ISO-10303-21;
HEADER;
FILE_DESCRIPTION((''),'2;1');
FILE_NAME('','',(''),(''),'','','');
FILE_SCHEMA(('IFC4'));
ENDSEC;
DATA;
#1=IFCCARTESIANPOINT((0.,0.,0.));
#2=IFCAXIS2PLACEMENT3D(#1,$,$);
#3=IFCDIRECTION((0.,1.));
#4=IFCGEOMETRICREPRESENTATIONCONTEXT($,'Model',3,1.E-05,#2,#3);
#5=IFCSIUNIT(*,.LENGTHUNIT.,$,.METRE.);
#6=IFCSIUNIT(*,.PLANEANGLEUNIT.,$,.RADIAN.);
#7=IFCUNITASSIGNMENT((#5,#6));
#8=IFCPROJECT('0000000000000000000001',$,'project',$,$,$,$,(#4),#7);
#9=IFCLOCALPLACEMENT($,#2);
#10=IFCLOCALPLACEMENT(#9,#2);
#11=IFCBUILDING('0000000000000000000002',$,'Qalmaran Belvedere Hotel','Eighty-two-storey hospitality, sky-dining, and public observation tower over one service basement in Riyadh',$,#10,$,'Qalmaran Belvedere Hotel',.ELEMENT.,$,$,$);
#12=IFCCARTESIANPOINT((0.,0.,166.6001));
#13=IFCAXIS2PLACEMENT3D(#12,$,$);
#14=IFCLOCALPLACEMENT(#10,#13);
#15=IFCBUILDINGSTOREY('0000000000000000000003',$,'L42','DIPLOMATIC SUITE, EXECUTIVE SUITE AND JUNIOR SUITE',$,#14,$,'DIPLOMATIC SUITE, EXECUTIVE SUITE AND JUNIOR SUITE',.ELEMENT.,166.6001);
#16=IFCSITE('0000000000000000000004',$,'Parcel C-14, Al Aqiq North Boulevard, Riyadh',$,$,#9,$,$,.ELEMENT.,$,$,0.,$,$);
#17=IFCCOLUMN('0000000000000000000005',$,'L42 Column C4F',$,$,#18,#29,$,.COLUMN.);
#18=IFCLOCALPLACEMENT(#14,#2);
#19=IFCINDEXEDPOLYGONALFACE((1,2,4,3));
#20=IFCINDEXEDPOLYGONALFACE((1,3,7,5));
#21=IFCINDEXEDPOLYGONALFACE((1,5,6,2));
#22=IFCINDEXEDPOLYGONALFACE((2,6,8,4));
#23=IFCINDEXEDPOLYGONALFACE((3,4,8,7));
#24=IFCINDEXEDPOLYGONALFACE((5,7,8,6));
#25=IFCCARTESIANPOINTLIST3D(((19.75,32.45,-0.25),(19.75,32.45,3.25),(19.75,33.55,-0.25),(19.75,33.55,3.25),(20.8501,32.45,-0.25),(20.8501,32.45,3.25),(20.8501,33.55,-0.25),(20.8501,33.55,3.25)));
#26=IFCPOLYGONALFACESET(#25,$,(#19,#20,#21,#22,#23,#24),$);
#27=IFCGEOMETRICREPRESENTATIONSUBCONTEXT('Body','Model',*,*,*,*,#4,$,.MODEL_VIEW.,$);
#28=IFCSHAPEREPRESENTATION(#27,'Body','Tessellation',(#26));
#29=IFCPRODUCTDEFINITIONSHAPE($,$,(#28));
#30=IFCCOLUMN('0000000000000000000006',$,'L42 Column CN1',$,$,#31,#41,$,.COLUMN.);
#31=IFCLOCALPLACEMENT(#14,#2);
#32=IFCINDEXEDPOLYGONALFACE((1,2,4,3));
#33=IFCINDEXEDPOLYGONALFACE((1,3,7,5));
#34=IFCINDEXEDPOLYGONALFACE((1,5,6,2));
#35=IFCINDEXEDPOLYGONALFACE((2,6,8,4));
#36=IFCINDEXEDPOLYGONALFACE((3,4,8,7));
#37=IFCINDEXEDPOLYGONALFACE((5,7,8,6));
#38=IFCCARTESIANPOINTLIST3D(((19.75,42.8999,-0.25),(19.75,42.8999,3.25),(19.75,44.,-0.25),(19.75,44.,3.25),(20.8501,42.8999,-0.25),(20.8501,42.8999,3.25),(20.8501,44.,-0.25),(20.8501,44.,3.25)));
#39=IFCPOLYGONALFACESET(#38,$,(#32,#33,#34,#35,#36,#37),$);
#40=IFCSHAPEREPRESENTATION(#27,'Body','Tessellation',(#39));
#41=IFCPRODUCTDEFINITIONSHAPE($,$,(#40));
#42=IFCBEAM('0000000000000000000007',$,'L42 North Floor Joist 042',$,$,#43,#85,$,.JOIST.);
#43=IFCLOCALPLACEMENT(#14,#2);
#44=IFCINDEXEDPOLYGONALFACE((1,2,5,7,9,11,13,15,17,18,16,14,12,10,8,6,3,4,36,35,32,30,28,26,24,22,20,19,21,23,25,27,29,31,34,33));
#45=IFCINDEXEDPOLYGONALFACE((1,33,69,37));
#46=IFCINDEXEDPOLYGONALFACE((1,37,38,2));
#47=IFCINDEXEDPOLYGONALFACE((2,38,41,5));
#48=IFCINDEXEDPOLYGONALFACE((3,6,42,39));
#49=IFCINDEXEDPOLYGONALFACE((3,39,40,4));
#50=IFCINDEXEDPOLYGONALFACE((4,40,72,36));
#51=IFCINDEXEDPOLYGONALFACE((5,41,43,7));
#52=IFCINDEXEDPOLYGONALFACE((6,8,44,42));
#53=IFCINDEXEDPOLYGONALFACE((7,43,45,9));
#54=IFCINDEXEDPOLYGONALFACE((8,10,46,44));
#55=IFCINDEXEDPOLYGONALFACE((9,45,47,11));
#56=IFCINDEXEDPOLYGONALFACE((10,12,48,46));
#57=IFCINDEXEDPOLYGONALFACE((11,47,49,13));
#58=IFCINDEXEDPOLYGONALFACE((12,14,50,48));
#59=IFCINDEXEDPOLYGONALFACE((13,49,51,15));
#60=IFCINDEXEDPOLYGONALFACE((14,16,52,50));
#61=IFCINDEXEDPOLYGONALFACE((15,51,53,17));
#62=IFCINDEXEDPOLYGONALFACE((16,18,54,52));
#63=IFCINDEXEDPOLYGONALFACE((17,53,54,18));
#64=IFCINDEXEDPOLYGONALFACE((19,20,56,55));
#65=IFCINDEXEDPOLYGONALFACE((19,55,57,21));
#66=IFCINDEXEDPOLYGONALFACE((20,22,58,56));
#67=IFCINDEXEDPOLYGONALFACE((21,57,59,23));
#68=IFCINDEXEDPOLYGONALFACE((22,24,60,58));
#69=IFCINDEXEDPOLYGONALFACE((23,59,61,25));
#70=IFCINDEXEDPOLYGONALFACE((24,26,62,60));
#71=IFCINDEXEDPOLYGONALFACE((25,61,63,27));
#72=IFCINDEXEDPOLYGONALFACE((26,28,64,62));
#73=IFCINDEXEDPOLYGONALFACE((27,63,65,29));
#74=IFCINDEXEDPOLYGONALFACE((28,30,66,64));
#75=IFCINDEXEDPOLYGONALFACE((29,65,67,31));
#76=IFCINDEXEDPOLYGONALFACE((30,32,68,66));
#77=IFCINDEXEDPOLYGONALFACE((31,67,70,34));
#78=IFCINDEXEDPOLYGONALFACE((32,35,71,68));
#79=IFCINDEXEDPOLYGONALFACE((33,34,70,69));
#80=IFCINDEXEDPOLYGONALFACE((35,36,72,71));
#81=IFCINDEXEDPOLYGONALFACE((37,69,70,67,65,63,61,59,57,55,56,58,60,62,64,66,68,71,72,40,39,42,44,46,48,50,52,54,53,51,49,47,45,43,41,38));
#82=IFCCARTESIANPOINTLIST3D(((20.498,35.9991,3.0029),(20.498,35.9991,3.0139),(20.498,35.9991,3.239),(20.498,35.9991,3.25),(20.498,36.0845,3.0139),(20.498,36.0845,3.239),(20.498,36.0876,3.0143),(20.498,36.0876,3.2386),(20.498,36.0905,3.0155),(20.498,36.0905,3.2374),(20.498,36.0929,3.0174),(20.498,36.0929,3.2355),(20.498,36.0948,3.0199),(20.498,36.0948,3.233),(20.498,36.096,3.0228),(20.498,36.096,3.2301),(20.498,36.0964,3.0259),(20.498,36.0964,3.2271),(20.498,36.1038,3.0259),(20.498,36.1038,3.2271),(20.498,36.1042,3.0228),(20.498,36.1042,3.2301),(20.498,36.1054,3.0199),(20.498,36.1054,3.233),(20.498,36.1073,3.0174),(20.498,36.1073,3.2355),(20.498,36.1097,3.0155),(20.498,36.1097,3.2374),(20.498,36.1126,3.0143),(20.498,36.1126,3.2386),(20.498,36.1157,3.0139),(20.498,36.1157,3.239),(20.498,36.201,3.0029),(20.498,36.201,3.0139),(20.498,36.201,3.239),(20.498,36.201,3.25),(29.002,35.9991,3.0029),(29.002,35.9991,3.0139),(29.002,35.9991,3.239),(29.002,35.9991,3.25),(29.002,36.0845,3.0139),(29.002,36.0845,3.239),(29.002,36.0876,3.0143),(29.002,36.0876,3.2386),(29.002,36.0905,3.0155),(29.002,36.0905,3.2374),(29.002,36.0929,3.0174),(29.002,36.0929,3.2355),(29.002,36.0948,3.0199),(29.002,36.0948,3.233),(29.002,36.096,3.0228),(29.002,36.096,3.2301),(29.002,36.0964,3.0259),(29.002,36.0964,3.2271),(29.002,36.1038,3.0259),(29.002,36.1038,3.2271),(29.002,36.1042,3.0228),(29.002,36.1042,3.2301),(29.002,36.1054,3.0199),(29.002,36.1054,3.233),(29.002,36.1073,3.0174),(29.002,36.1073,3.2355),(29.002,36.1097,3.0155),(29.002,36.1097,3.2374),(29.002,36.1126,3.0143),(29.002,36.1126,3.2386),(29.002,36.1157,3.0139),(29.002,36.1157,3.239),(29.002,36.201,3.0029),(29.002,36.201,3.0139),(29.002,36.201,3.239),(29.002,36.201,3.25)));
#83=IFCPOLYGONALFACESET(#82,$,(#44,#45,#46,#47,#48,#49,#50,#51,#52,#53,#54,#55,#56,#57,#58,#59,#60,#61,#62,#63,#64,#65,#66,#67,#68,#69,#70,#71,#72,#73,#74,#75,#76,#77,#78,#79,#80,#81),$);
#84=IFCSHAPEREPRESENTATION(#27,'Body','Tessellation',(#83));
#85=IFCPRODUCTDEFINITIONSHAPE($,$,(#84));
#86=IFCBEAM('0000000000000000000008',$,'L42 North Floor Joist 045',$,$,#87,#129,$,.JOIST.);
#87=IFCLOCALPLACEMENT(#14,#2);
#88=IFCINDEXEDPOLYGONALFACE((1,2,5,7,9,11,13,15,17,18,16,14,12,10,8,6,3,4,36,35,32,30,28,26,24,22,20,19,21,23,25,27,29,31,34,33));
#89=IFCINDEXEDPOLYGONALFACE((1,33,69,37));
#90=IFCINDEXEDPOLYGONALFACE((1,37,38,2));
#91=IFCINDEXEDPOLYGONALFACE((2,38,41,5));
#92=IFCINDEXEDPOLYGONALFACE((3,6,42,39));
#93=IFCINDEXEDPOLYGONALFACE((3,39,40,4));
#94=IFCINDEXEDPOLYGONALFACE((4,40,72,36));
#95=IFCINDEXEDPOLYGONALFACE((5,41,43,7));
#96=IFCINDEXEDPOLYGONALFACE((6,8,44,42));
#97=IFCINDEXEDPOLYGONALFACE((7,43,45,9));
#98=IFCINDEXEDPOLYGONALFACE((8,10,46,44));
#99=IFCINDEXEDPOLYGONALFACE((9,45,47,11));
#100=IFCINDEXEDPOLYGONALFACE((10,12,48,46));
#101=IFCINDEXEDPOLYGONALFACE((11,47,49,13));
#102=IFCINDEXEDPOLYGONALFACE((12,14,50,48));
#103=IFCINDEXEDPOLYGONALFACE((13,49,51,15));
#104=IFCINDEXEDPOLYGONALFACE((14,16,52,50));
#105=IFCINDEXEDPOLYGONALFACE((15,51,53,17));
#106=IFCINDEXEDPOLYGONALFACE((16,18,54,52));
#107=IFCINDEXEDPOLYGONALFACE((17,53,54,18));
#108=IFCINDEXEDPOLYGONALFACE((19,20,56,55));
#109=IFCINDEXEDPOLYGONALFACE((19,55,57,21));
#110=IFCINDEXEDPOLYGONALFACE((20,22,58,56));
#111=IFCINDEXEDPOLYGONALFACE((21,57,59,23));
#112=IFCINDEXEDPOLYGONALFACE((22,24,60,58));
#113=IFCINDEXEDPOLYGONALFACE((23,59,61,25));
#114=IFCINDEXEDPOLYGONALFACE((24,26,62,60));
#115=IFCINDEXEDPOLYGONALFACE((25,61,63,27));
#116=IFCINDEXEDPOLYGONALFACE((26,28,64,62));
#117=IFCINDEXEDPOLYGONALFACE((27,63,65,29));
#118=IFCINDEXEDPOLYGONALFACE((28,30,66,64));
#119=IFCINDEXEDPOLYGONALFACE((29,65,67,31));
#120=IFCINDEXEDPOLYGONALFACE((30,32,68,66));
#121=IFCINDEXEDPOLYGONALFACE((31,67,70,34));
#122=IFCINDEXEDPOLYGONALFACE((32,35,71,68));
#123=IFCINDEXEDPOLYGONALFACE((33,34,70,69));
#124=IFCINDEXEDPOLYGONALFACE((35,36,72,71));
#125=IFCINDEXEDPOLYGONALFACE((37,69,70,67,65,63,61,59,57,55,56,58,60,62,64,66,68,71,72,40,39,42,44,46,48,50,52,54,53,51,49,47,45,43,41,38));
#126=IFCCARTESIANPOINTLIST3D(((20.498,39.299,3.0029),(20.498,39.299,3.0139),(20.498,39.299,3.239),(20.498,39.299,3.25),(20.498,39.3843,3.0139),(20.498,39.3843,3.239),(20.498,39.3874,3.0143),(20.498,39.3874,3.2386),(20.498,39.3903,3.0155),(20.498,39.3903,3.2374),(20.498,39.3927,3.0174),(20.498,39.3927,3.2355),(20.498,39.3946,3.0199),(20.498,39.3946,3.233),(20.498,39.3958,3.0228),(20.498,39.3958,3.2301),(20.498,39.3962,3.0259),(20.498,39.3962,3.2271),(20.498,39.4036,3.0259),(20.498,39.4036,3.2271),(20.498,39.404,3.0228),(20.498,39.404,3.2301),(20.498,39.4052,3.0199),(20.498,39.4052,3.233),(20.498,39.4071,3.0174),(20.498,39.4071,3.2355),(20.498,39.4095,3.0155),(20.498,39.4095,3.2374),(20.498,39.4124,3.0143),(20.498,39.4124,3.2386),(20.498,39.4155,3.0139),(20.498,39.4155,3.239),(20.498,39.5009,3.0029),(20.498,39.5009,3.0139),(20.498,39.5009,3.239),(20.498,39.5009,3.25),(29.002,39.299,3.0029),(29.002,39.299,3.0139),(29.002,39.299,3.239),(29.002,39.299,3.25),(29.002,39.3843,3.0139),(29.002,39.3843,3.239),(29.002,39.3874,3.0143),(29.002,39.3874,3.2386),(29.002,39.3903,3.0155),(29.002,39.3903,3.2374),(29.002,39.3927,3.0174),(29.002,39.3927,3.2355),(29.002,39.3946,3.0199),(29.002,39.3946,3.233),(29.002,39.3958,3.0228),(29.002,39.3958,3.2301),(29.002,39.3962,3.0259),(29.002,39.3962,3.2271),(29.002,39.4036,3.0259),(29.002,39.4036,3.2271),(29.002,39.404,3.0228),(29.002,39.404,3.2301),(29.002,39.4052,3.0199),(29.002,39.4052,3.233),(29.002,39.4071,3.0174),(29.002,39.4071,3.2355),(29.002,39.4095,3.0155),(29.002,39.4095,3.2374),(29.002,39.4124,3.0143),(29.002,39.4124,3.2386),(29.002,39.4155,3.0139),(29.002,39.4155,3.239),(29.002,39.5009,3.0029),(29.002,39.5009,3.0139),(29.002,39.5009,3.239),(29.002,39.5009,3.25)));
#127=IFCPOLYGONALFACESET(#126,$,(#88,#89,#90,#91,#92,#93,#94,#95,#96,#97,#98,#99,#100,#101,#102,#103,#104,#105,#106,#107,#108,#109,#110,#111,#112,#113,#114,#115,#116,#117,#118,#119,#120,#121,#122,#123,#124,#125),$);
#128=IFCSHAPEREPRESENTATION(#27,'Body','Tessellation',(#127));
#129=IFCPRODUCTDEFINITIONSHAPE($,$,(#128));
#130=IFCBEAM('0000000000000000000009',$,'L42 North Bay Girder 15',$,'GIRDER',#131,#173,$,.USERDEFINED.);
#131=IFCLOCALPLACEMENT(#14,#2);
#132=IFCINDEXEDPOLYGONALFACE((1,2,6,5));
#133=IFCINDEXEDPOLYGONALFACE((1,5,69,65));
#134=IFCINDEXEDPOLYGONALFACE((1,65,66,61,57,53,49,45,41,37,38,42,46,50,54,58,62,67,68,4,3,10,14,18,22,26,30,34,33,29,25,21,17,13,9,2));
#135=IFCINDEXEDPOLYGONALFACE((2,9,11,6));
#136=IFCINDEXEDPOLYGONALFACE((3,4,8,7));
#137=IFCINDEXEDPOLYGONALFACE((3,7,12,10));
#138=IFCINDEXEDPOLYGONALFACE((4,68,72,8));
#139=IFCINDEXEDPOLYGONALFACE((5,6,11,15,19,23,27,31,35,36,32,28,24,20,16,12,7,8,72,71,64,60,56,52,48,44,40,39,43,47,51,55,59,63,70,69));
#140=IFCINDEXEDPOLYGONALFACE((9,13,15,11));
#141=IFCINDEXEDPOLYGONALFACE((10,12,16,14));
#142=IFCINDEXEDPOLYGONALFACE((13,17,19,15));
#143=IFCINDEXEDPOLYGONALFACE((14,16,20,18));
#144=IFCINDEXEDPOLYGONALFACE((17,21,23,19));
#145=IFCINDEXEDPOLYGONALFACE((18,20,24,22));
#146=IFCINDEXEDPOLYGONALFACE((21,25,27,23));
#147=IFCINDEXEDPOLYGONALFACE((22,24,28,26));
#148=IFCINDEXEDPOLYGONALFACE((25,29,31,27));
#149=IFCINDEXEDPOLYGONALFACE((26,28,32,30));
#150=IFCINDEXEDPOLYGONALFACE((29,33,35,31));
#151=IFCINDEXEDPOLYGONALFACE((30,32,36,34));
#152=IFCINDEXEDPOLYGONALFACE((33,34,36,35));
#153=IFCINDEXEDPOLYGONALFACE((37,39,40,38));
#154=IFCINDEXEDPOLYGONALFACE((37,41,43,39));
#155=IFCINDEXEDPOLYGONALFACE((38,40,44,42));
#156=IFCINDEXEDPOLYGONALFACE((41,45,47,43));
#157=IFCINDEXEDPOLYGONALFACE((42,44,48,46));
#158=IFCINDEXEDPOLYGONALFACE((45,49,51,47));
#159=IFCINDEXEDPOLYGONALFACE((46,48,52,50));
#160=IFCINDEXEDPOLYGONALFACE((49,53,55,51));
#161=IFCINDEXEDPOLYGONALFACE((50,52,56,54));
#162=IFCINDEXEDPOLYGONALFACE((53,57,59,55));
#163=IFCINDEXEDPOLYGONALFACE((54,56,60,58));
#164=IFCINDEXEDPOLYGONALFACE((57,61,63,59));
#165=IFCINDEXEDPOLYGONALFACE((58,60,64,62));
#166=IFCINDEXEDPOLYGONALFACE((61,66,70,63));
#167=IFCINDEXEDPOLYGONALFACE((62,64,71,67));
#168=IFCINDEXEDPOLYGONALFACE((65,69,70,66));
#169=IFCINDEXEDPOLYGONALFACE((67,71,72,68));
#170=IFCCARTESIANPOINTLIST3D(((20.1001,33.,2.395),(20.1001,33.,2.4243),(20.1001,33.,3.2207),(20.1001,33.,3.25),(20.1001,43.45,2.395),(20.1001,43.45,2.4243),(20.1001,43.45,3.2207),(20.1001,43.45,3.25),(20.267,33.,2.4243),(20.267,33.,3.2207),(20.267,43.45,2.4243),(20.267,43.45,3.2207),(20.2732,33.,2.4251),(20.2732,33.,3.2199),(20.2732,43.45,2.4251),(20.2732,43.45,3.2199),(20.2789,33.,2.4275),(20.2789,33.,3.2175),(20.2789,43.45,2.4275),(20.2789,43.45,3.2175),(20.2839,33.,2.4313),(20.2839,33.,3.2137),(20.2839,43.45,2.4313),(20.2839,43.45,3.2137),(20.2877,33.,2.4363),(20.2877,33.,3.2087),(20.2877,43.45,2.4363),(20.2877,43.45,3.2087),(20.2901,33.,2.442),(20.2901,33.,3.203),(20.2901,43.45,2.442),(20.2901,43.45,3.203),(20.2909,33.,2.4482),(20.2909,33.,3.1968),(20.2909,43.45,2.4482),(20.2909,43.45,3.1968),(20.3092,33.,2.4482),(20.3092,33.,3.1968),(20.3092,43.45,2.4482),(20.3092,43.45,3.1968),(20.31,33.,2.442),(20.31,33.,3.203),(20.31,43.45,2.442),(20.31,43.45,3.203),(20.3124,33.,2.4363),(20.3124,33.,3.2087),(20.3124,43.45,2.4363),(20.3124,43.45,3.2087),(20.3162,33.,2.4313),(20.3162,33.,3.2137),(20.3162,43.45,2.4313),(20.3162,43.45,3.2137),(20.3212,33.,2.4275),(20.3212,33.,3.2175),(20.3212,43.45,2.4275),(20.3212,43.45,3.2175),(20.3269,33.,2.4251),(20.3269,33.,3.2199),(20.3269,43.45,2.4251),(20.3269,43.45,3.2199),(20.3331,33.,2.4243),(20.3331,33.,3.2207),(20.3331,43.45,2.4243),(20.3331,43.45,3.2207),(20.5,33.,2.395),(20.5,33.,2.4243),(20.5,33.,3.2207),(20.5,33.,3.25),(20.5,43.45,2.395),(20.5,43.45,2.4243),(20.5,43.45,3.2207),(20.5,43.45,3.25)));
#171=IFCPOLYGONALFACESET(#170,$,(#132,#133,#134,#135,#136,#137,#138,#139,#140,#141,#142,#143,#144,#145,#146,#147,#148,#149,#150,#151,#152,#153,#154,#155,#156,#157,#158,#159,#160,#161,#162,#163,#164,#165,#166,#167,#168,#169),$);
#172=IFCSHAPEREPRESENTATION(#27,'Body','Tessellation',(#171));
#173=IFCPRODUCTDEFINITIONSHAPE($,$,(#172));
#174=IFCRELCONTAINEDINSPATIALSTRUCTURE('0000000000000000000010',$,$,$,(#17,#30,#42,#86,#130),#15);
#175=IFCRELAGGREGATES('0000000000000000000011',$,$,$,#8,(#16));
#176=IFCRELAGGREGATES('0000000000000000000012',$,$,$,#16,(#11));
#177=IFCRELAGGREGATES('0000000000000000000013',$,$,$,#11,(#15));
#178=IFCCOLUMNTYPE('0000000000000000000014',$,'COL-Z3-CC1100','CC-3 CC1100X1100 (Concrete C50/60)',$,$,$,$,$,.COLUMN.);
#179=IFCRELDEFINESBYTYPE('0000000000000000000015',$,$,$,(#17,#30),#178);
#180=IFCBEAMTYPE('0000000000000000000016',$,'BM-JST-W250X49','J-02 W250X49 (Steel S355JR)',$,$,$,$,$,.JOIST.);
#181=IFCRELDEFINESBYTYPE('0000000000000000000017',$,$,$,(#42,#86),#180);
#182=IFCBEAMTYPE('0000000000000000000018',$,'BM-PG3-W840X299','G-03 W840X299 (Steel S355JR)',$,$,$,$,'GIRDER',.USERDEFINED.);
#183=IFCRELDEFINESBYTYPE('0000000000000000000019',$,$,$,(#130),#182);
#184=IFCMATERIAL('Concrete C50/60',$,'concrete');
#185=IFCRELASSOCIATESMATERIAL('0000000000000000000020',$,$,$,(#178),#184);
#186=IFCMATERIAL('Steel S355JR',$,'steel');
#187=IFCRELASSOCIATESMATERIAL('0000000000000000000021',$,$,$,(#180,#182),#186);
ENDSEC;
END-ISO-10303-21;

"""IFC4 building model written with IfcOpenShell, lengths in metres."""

from ifc_helpers import new_model, si_unit, direction, frame, origin, origin_2d, place, context, subcontext, project, spatial, rectangle, i_section, extrude, material, material_profile, profile_set, type_object, element, save


model = new_model("IFC4")

# Units and contexts
model_context = context("Model", 3, precision=1e-05, world=origin(), true_north=direction((0.0, 1.0)))
body_context = subcontext(model_context, "Body", "Model", "MODEL_VIEW")
ifc_project = project(units=[si_unit("LENGTHUNIT", "METRE"), si_unit("PLANEANGLEUNIT", "RADIAN")], contexts=[model_context])

# Site, building, storey
site_placement = place(None, origin())
site = spatial("IfcSite", under=ifc_project, at=site_placement, Name="Parcel C-14, Al Aqiq North Boulevard, Riyadh", CompositionType="ELEMENT", RefElevation=0.0)
building_placement = place(site_placement, origin())
building = spatial("IfcBuilding", under=site, at=building_placement, Name="Qalmaran Belvedere Hotel", Description="Eighty-two-storey hospitality, sky-dining, and public observation tower over one service basement in Riyadh", LongName="Qalmaran Belvedere Hotel", CompositionType="ELEMENT")
storey_placement = place(building_placement, frame((0.0, 0.0, 166.6001)))
storey = spatial("IfcBuildingStorey", under=building, at=storey_placement, Name="L42", Description="DIPLOMATIC SUITE, EXECUTIVE SUITE AND JUNIOR SUITE", LongName="DIPLOMATIC SUITE, EXECUTIVE SUITE AND JUNIOR SUITE", CompositionType="ELEMENT", Elevation=166.6001)

# Columns
ifc_material_1 = material(Name="Concrete C50/60", Category="concrete")
ifc_material_profile_1 = material_profile(ifc_material_1, rectangle(XDim=1.1001, YDim=1.1001, at=origin_2d()), Name="CC1100X1100")
ifc_profile_set_1 = profile_set([ifc_material_profile_1], Name="Concrete C50/60")
column_type = type_object("IfcColumnType", Name="COL-Z3-CC1100", Description="CC-3 CC1100X1100 (Concrete C50/60)", PredefinedType="COLUMN", material=ifc_profile_set_1)
for number, where, z_axis, x_axis, name in (
    (1, (20.3, 33.0, -0.25), (0.0, 0.0, 1.0), (1.0, 0.0, 0.0), "L42 Column C4F"),
    (2, (20.3, 43.45, -0.25), (0.0, 0.0, 1.0), (1.0, 0.0, 0.0), "L42 Column CN1"),
):
    element("IfcColumn", number, at=place(storey_placement, frame(where, z_axis=z_axis, x_axis=x_axis)), inside=storey, type_object=column_type, Name=name, PredefinedType="COLUMN", context=body_context, shape_type="SweptSolid", body=[
        extrude(rectangle(XDim=1.1001, YDim=1.1001, at=origin_2d()), origin(), (0.0, 0.0, 1.0), 3.5),
    ])

# Beams
ifc_material_2 = material(Name="Steel S355JR", Category="steel")
ifc_material_profile_2 = material_profile(ifc_material_2, i_section(OverallWidth=0.2019, OverallDepth=0.2471, WebThickness=0.0073, FlangeThickness=0.011, FilletRadius=0.012, at=origin_2d()), Name="W250X49")
ifc_profile_set_2 = profile_set([ifc_material_profile_2], Name="Steel S355JR")
beam_type_1 = type_object("IfcBeamType", Name="BM-JST-W250X49", Description="J-02 W250X49 (Steel S355JR)", PredefinedType="JOIST", material=ifc_profile_set_2)
for number, where, z_axis, x_axis, name in (
    (3, (20.498, 36.1001, 3.1265), (1.0, 0.0, 0.0), (0.0, 1.0, 0.0), "L42 North Floor Joist 042"),
    (4, (20.498, 39.3999, 3.1265), (1.0, 0.0, 0.0), (0.0, 1.0, 0.0), "L42 North Floor Joist 045"),
):
    element("IfcBeam", number, at=place(storey_placement, frame(where, z_axis=z_axis, x_axis=x_axis)), inside=storey, type_object=beam_type_1, Name=name, PredefinedType="JOIST", context=body_context, shape_type="SweptSolid", body=[
        extrude(i_section(OverallWidth=0.2019, OverallDepth=0.2471, WebThickness=0.0073, FlangeThickness=0.011, FilletRadius=0.012, at=origin_2d()), origin(), (0.0, 0.0, 1.0), 8.5039),
    ])
ifc_material_profile_3 = material_profile(ifc_material_2, i_section(OverallWidth=0.3999, OverallDepth=0.855, WebThickness=0.0183, FlangeThickness=0.0293, FilletRadius=0.0239, at=origin_2d()), Name="W840X299")
ifc_profile_set_3 = profile_set([ifc_material_profile_3], Name="Steel S355JR")
beam_type_2 = type_object("IfcBeamType", Name="BM-PG3-W840X299", Description="G-03 W840X299 (Steel S355JR)", ElementType="GIRDER", PredefinedType="USERDEFINED", material=ifc_profile_set_3)
beam_1_placement = place(storey_placement, frame((20.3, 33.0, 2.8225), z_axis=(0.0, 1.0, 0.0), x_axis=(-1.0, 0.0, 0.0)))
element("IfcBeam", 5, at=beam_1_placement, inside=storey, type_object=beam_type_2, Name="L42 North Bay Girder 15", ObjectType="GIRDER", PredefinedType="USERDEFINED", context=body_context, shape_type="SweptSolid", body=[
    extrude(i_section(OverallWidth=0.3999, OverallDepth=0.855, WebThickness=0.0183, FlangeThickness=0.0293, FilletRadius=0.0239, at=origin_2d()), origin(), (0.0, 0.0, 1.0), 10.45),
])

save(model, "model.ifc")
